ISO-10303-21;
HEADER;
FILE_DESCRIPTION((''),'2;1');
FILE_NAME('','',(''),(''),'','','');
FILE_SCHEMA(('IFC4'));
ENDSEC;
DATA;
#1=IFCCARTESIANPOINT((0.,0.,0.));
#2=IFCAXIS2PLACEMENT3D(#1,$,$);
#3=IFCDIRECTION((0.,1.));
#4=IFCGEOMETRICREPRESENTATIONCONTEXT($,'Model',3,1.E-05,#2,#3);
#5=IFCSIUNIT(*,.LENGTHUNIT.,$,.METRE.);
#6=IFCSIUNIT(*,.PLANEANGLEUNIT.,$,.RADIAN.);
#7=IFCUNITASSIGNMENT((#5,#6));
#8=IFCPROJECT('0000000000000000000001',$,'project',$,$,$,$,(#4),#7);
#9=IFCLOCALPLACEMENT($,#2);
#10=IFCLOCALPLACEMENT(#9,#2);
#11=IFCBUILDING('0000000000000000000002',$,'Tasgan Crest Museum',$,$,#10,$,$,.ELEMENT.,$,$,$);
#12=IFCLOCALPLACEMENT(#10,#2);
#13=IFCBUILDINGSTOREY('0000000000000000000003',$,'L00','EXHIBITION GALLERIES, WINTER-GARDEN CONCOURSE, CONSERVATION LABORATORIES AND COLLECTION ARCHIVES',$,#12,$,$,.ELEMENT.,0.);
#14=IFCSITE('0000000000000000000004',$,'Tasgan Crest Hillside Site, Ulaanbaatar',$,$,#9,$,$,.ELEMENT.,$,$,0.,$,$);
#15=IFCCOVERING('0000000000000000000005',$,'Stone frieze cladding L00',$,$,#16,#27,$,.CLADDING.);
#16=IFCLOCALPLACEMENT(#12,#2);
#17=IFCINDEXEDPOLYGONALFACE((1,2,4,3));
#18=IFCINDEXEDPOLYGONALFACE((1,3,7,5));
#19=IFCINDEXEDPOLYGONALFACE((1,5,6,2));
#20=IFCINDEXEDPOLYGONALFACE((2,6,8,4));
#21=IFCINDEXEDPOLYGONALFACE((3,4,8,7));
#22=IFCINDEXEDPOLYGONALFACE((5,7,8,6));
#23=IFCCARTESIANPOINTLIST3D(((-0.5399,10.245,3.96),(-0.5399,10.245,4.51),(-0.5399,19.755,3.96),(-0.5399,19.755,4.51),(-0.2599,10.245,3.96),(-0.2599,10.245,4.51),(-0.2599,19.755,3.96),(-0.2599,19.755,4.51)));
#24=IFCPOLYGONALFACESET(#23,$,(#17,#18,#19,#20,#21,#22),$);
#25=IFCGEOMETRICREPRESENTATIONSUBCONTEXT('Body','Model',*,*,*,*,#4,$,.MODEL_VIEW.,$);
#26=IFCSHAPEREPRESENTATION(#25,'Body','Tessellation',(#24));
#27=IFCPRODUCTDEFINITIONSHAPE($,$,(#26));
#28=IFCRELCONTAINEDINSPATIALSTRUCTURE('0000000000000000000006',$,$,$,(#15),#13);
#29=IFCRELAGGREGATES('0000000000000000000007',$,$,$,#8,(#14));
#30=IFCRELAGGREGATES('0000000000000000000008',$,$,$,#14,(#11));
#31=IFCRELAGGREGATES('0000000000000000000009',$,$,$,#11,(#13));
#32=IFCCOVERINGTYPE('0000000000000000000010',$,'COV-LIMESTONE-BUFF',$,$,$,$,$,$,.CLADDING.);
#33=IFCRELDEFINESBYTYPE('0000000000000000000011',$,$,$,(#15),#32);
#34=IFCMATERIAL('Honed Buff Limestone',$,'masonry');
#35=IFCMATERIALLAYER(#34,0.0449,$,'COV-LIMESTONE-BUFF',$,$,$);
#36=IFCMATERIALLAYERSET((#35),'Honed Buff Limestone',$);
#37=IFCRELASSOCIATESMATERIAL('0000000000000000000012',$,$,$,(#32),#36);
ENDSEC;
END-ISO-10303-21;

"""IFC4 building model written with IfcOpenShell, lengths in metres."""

from ifc_helpers import new_model, si_unit, direction, frame, origin, origin_2d, place, context, subcontext, project, spatial, rectangle, extrude, material, layer, layer_set, type_object, element, save


model = new_model("IFC4")

# Units and contexts
model_context = context("Model", 3, precision=1e-05, world=origin(), true_north=direction((0.0, 1.0)))
body_context = subcontext(model_context, "Body", "Model", "MODEL_VIEW")
ifc_project = project(units=[si_unit("LENGTHUNIT", "METRE"), si_unit("PLANEANGLEUNIT", "RADIAN")], contexts=[model_context])

# Site, building, storey
site_placement = place(None, origin())
site = spatial("IfcSite", under=ifc_project, at=site_placement, Name="Tasgan Crest Hillside Site, Ulaanbaatar", CompositionType="ELEMENT", RefElevation=0.0)
building_placement = place(site_placement, origin())
building = spatial("IfcBuilding", under=site, at=building_placement, Name="Tasgan Crest Museum", CompositionType="ELEMENT")
storey_placement = place(building_placement, origin())
storey = spatial("IfcBuildingStorey", under=building, at=storey_placement, Name="L00", Description="EXHIBITION GALLERIES, WINTER-GARDEN CONCOURSE, CONSERVATION LABORATORIES AND COLLECTION ARCHIVES", CompositionType="ELEMENT", Elevation=0.0)

# Covering
ifc_material_1 = material(Name="Honed Buff Limestone", Category="masonry")
ifc_layer_1 = layer(ifc_material_1, 0.0449, Name="COV-LIMESTONE-BUFF")
ifc_layer_set_1 = layer_set([ifc_layer_1], Name="Honed Buff Limestone")
covering_type = type_object("IfcCoveringType", Name="COV-LIMESTONE-BUFF", PredefinedType="CLADDING", material=ifc_layer_set_1)
for number, where, z_axis, x_axis, name in (
    (1, (-0.3999, 15.0, 3.96), (0.0, 0.0, 1.0), (0.0, -1.0, 0.0), "Stone frieze cladding L00"),
):
    element("IfcCovering", number, at=place(storey_placement, frame(where, z_axis=z_axis, x_axis=x_axis)), inside=storey, type_object=covering_type, Name=name, PredefinedType="CLADDING", context=body_context, shape_type="SweptSolid", body=[
        extrude(rectangle(XDim=9.51, YDim=0.28, at=origin_2d()), origin(), (0.0, 0.0, 1.0), 0.55),
    ])

save(model, "model.ifc")
